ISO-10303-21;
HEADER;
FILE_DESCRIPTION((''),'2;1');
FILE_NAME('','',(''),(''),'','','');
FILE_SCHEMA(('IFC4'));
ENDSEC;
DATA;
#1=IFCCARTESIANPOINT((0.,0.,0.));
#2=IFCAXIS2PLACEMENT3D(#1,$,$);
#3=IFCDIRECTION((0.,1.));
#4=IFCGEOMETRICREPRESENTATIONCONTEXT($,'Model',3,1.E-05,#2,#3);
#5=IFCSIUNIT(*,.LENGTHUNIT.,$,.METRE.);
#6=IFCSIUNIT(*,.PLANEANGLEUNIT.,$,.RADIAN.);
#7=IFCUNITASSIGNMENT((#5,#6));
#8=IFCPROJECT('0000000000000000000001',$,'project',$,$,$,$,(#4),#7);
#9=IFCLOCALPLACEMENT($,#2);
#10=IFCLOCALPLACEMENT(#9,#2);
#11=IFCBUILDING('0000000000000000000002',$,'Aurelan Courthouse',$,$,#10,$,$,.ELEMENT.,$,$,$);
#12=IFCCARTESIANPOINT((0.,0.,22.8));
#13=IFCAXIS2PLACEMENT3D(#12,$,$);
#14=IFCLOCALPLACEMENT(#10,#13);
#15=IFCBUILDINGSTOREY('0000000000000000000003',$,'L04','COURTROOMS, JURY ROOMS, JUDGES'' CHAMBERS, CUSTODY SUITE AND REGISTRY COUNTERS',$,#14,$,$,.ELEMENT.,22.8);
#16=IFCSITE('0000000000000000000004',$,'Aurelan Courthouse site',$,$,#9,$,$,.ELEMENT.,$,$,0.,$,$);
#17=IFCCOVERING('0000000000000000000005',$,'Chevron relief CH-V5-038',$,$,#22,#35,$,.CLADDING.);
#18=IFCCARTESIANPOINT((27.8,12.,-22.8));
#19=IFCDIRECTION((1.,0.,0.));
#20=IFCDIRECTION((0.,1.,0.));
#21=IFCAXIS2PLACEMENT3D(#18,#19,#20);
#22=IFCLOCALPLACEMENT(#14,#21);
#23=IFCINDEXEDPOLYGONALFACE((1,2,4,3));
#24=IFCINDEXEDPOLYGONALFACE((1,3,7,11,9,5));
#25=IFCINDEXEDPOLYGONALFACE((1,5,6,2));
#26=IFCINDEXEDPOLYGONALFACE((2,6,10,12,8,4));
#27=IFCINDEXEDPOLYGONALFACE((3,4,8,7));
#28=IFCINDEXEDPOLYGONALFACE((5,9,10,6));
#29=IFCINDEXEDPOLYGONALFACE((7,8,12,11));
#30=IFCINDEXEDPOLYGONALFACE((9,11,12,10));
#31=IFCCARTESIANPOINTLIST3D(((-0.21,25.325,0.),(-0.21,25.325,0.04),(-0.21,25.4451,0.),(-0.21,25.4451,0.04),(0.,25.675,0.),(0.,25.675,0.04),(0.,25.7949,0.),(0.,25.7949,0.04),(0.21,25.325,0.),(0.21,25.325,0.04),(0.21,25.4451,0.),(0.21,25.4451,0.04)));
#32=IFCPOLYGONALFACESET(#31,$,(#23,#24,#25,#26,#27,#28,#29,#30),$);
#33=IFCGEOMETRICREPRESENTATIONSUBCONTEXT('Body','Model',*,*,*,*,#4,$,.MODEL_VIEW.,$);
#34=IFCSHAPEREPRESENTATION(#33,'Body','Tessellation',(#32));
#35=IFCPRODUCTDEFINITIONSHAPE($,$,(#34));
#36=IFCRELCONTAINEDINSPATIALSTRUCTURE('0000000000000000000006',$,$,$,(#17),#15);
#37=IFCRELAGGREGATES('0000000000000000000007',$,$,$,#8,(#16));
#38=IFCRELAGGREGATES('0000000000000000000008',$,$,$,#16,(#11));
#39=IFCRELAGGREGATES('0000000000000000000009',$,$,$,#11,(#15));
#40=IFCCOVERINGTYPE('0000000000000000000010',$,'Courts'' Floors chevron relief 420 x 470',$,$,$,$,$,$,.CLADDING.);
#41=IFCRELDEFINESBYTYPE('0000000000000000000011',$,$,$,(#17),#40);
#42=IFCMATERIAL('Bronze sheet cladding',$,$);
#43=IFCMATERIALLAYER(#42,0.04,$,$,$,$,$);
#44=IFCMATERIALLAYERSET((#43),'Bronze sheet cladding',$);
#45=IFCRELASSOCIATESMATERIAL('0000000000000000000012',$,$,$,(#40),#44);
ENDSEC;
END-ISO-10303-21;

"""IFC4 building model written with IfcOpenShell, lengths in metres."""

from ifc_helpers import new_model, si_unit, direction, frame, origin, place, context, subcontext, project, spatial, polyline, outline, extrude, material, layer, layer_set, type_object, element, save


model = new_model("IFC4")

# Units and contexts
model_context = context("Model", 3, precision=1e-05, world=origin(), true_north=direction((0.0, 1.0)))
body_context = subcontext(model_context, "Body", "Model", "MODEL_VIEW")
ifc_project = project(units=[si_unit("LENGTHUNIT", "METRE"), si_unit("PLANEANGLEUNIT", "RADIAN")], contexts=[model_context])

# Site, building, storey
site_placement = place(None, origin())
site = spatial("IfcSite", under=ifc_project, at=site_placement, Name="Aurelan Courthouse site", CompositionType="ELEMENT", RefElevation=0.0)
building_placement = place(site_placement, origin())
building = spatial("IfcBuilding", under=site, at=building_placement, Name="Aurelan Courthouse", CompositionType="ELEMENT")
storey_placement = place(building_placement, frame((0.0, 0.0, 22.8)))
storey = spatial("IfcBuildingStorey", under=building, at=storey_placement, Name="L04", Description="COURTROOMS, JURY ROOMS, JUDGES' CHAMBERS, CUSTODY SUITE AND REGISTRY COUNTERS", CompositionType="ELEMENT", Elevation=22.8)

# Covering
ifc_material_1 = material(Name="Bronze sheet cladding")
ifc_layer_1 = layer(ifc_material_1, 0.04)
ifc_layer_set_1 = layer_set([ifc_layer_1], Name="Bronze sheet cladding")
covering_type_1 = type_object("IfcCoveringType", Name="Courts' Floors chevron relief 420 x 470", PredefinedType="CLADDING", material=ifc_layer_set_1)
covering_1_placement = place(storey_placement, frame((27.8, 12.0, -22.8), z_axis=(1.0, 0.0, 0.0), x_axis=(0.0, 1.0, 0.0)))
element("IfcCovering", 1, at=covering_1_placement, inside=storey, type_object=covering_type_1, Name="Chevron relief CH-V5-038", PredefinedType="CLADDING", context=body_context, shape_type="SweptSolid", body=[
    extrude(outline(polyline([(-0.21, 25.325), (0.0, 25.675), (0.21, 25.325), (0.21, 25.4451), (0.0, 25.7949), (-0.21, 25.4451), (-0.21, 25.325)])), origin(), (0.0, 0.0, 1.0), 0.04),
])

save(model, "model.ifc")
